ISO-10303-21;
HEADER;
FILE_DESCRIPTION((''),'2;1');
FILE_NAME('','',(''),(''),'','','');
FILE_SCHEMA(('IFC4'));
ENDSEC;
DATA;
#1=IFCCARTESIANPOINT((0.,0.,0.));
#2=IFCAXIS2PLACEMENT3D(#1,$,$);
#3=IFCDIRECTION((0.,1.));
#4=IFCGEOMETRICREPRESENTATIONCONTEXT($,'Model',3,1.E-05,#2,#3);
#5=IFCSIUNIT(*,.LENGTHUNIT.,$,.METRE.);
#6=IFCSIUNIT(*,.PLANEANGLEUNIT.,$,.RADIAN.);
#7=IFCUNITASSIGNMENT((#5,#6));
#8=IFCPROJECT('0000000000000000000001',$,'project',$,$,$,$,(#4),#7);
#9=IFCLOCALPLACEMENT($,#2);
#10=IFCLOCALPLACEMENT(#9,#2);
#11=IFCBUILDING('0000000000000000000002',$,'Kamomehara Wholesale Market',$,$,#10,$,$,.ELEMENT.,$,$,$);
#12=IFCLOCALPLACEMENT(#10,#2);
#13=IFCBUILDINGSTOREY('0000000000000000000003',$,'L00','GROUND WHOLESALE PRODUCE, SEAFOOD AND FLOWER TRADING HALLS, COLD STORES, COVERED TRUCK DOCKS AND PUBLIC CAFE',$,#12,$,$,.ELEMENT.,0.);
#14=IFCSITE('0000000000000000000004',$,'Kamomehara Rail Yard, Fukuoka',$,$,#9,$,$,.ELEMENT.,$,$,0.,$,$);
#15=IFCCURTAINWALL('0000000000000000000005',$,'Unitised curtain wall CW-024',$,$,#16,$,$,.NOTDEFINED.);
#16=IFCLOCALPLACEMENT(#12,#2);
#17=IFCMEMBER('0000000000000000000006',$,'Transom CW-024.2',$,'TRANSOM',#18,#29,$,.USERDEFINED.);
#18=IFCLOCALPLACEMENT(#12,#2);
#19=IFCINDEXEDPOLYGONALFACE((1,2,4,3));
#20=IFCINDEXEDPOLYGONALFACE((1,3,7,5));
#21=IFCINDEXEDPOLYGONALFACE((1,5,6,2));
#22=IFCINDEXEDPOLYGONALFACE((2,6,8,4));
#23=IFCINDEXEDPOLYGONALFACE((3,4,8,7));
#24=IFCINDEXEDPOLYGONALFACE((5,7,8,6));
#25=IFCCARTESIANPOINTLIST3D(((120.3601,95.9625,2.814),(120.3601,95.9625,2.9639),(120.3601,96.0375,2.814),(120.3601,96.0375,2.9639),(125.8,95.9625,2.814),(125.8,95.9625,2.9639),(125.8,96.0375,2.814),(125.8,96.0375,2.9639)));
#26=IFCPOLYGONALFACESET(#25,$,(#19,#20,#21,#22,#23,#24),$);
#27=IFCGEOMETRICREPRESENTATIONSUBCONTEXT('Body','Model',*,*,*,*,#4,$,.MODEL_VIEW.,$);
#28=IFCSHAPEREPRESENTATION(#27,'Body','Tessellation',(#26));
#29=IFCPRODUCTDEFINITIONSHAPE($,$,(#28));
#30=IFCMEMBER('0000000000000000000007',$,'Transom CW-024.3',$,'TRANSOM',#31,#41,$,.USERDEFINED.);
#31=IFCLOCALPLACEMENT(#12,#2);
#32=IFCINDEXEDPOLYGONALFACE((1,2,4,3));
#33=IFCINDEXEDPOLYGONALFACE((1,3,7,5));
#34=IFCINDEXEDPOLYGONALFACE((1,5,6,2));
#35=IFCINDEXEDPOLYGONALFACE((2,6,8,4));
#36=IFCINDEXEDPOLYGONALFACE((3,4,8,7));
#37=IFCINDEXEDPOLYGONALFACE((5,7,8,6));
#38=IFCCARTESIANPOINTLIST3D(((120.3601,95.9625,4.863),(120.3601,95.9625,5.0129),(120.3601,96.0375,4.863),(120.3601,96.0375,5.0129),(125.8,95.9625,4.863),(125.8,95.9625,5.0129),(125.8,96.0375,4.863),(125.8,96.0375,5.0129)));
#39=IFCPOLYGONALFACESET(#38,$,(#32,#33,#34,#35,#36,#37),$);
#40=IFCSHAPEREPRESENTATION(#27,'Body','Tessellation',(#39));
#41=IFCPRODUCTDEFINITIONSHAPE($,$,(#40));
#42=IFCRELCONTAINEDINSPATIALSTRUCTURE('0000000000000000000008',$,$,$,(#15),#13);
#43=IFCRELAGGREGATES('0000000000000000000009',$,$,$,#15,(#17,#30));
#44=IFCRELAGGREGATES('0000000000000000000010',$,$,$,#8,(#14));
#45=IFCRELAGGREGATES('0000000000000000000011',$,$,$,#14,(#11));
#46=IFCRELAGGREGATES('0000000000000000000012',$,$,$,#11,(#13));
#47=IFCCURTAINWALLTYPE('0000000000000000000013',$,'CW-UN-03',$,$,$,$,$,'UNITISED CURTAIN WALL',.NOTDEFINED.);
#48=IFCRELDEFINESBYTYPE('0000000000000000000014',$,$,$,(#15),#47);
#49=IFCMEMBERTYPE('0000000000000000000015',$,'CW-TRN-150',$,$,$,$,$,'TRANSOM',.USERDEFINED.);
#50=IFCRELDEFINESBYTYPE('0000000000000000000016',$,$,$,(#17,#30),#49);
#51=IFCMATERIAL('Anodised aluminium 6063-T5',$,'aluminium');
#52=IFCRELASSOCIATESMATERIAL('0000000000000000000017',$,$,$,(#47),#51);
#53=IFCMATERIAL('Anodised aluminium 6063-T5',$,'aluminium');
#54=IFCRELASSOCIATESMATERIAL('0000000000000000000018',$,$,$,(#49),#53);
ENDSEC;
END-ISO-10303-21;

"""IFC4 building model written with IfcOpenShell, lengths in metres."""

from ifc_helpers import new_model, si_unit, direction, frame, origin, origin_2d, place, context, subcontext, project, spatial, rectangle, extrude, material, material_profile, profile_set, type_object, element, aggregate, save


model = new_model("IFC4")

# Units and contexts
model_context = context("Model", 3, precision=1e-05, world=origin(), true_north=direction((0.0, 1.0)))
body_context = subcontext(model_context, "Body", "Model", "MODEL_VIEW")
ifc_project = project(units=[si_unit("LENGTHUNIT", "METRE"), si_unit("PLANEANGLEUNIT", "RADIAN")], contexts=[model_context])

# Site, building, storey
site_placement = place(None, origin())
site = spatial("IfcSite", under=ifc_project, at=site_placement, Name="Kamomehara Rail Yard, Fukuoka", CompositionType="ELEMENT", RefElevation=0.0)
building_placement = place(site_placement, origin())
building = spatial("IfcBuilding", under=site, at=building_placement, Name="Kamomehara Wholesale Market", CompositionType="ELEMENT")
storey_placement = place(building_placement, origin())
storey = spatial("IfcBuildingStorey", under=building, at=storey_placement, Name="L00", Description="GROUND WHOLESALE PRODUCE, SEAFOOD AND FLOWER TRADING HALLS, COLD STORES, COVERED TRUCK DOCKS AND PUBLIC CAFE", CompositionType="ELEMENT", Elevation=0.0)

# Curtain wall
ifc_material_1 = material(Name="Anodised aluminium 6063-T5", Category="aluminium")
curtain_wall_type = type_object("IfcCurtainWallType", Name="CW-UN-03", ElementType="UNITISED CURTAIN WALL", PredefinedType="NOTDEFINED", material=ifc_material_1)
curtain_wall_1_placement = place(storey_placement, origin())
curtain_wall_1 = element("IfcCurtainWall", 1, at=curtain_wall_1_placement, inside=storey, type_object=curtain_wall_type, Name="Unitised curtain wall CW-024", PredefinedType="NOTDEFINED")

# Members
ifc_material_2 = material(Name="Anodised aluminium 6063-T5", Category="aluminium")
ifc_material_profile_1 = material_profile(ifc_material_2, rectangle(XDim=0.075, YDim=0.1499, at=origin_2d()), Name="ALU-TRN-75x150")
ifc_profile_set_1 = profile_set([ifc_material_profile_1], Name="Anodised aluminium 6063-T5")
member_type_1 = type_object("IfcMemberType", Name="CW-TRN-150", ElementType="TRANSOM", PredefinedType="USERDEFINED", material=ifc_profile_set_1)
member_1_placement = place(storey_placement, frame((125.8, 96.0, 2.8889), z_axis=(-1.0, 0.0, 0.0), x_axis=(0.0, -1.0, 0.0)))
member_1 = element("IfcMember", 2, at=member_1_placement, type_object=member_type_1, Name="Transom CW-024.2", ObjectType="TRANSOM", PredefinedType="USERDEFINED", context=body_context, shape_type="SweptSolid", body=[
    extrude(rectangle(XDim=0.075, YDim=0.1499, at=origin_2d()), origin(), (0.0, 0.0, 1.0), 5.4399),
])
member_2_placement = place(storey_placement, frame((125.8, 96.0, 4.938), z_axis=(-1.0, 0.0, 0.0), x_axis=(0.0, -1.0, 0.0)))
member_2 = element("IfcMember", 3, at=member_2_placement, type_object=member_type_1, Name="Transom CW-024.3", ObjectType="TRANSOM", PredefinedType="USERDEFINED", context=body_context, shape_type="SweptSolid", body=[
    extrude(rectangle(XDim=0.075, YDim=0.1499, at=origin_2d()), origin(), (0.0, 0.0, 1.0), 5.4399),
])
aggregate(curtain_wall_1, [member_1, member_2])

save(model, "model.ifc")
